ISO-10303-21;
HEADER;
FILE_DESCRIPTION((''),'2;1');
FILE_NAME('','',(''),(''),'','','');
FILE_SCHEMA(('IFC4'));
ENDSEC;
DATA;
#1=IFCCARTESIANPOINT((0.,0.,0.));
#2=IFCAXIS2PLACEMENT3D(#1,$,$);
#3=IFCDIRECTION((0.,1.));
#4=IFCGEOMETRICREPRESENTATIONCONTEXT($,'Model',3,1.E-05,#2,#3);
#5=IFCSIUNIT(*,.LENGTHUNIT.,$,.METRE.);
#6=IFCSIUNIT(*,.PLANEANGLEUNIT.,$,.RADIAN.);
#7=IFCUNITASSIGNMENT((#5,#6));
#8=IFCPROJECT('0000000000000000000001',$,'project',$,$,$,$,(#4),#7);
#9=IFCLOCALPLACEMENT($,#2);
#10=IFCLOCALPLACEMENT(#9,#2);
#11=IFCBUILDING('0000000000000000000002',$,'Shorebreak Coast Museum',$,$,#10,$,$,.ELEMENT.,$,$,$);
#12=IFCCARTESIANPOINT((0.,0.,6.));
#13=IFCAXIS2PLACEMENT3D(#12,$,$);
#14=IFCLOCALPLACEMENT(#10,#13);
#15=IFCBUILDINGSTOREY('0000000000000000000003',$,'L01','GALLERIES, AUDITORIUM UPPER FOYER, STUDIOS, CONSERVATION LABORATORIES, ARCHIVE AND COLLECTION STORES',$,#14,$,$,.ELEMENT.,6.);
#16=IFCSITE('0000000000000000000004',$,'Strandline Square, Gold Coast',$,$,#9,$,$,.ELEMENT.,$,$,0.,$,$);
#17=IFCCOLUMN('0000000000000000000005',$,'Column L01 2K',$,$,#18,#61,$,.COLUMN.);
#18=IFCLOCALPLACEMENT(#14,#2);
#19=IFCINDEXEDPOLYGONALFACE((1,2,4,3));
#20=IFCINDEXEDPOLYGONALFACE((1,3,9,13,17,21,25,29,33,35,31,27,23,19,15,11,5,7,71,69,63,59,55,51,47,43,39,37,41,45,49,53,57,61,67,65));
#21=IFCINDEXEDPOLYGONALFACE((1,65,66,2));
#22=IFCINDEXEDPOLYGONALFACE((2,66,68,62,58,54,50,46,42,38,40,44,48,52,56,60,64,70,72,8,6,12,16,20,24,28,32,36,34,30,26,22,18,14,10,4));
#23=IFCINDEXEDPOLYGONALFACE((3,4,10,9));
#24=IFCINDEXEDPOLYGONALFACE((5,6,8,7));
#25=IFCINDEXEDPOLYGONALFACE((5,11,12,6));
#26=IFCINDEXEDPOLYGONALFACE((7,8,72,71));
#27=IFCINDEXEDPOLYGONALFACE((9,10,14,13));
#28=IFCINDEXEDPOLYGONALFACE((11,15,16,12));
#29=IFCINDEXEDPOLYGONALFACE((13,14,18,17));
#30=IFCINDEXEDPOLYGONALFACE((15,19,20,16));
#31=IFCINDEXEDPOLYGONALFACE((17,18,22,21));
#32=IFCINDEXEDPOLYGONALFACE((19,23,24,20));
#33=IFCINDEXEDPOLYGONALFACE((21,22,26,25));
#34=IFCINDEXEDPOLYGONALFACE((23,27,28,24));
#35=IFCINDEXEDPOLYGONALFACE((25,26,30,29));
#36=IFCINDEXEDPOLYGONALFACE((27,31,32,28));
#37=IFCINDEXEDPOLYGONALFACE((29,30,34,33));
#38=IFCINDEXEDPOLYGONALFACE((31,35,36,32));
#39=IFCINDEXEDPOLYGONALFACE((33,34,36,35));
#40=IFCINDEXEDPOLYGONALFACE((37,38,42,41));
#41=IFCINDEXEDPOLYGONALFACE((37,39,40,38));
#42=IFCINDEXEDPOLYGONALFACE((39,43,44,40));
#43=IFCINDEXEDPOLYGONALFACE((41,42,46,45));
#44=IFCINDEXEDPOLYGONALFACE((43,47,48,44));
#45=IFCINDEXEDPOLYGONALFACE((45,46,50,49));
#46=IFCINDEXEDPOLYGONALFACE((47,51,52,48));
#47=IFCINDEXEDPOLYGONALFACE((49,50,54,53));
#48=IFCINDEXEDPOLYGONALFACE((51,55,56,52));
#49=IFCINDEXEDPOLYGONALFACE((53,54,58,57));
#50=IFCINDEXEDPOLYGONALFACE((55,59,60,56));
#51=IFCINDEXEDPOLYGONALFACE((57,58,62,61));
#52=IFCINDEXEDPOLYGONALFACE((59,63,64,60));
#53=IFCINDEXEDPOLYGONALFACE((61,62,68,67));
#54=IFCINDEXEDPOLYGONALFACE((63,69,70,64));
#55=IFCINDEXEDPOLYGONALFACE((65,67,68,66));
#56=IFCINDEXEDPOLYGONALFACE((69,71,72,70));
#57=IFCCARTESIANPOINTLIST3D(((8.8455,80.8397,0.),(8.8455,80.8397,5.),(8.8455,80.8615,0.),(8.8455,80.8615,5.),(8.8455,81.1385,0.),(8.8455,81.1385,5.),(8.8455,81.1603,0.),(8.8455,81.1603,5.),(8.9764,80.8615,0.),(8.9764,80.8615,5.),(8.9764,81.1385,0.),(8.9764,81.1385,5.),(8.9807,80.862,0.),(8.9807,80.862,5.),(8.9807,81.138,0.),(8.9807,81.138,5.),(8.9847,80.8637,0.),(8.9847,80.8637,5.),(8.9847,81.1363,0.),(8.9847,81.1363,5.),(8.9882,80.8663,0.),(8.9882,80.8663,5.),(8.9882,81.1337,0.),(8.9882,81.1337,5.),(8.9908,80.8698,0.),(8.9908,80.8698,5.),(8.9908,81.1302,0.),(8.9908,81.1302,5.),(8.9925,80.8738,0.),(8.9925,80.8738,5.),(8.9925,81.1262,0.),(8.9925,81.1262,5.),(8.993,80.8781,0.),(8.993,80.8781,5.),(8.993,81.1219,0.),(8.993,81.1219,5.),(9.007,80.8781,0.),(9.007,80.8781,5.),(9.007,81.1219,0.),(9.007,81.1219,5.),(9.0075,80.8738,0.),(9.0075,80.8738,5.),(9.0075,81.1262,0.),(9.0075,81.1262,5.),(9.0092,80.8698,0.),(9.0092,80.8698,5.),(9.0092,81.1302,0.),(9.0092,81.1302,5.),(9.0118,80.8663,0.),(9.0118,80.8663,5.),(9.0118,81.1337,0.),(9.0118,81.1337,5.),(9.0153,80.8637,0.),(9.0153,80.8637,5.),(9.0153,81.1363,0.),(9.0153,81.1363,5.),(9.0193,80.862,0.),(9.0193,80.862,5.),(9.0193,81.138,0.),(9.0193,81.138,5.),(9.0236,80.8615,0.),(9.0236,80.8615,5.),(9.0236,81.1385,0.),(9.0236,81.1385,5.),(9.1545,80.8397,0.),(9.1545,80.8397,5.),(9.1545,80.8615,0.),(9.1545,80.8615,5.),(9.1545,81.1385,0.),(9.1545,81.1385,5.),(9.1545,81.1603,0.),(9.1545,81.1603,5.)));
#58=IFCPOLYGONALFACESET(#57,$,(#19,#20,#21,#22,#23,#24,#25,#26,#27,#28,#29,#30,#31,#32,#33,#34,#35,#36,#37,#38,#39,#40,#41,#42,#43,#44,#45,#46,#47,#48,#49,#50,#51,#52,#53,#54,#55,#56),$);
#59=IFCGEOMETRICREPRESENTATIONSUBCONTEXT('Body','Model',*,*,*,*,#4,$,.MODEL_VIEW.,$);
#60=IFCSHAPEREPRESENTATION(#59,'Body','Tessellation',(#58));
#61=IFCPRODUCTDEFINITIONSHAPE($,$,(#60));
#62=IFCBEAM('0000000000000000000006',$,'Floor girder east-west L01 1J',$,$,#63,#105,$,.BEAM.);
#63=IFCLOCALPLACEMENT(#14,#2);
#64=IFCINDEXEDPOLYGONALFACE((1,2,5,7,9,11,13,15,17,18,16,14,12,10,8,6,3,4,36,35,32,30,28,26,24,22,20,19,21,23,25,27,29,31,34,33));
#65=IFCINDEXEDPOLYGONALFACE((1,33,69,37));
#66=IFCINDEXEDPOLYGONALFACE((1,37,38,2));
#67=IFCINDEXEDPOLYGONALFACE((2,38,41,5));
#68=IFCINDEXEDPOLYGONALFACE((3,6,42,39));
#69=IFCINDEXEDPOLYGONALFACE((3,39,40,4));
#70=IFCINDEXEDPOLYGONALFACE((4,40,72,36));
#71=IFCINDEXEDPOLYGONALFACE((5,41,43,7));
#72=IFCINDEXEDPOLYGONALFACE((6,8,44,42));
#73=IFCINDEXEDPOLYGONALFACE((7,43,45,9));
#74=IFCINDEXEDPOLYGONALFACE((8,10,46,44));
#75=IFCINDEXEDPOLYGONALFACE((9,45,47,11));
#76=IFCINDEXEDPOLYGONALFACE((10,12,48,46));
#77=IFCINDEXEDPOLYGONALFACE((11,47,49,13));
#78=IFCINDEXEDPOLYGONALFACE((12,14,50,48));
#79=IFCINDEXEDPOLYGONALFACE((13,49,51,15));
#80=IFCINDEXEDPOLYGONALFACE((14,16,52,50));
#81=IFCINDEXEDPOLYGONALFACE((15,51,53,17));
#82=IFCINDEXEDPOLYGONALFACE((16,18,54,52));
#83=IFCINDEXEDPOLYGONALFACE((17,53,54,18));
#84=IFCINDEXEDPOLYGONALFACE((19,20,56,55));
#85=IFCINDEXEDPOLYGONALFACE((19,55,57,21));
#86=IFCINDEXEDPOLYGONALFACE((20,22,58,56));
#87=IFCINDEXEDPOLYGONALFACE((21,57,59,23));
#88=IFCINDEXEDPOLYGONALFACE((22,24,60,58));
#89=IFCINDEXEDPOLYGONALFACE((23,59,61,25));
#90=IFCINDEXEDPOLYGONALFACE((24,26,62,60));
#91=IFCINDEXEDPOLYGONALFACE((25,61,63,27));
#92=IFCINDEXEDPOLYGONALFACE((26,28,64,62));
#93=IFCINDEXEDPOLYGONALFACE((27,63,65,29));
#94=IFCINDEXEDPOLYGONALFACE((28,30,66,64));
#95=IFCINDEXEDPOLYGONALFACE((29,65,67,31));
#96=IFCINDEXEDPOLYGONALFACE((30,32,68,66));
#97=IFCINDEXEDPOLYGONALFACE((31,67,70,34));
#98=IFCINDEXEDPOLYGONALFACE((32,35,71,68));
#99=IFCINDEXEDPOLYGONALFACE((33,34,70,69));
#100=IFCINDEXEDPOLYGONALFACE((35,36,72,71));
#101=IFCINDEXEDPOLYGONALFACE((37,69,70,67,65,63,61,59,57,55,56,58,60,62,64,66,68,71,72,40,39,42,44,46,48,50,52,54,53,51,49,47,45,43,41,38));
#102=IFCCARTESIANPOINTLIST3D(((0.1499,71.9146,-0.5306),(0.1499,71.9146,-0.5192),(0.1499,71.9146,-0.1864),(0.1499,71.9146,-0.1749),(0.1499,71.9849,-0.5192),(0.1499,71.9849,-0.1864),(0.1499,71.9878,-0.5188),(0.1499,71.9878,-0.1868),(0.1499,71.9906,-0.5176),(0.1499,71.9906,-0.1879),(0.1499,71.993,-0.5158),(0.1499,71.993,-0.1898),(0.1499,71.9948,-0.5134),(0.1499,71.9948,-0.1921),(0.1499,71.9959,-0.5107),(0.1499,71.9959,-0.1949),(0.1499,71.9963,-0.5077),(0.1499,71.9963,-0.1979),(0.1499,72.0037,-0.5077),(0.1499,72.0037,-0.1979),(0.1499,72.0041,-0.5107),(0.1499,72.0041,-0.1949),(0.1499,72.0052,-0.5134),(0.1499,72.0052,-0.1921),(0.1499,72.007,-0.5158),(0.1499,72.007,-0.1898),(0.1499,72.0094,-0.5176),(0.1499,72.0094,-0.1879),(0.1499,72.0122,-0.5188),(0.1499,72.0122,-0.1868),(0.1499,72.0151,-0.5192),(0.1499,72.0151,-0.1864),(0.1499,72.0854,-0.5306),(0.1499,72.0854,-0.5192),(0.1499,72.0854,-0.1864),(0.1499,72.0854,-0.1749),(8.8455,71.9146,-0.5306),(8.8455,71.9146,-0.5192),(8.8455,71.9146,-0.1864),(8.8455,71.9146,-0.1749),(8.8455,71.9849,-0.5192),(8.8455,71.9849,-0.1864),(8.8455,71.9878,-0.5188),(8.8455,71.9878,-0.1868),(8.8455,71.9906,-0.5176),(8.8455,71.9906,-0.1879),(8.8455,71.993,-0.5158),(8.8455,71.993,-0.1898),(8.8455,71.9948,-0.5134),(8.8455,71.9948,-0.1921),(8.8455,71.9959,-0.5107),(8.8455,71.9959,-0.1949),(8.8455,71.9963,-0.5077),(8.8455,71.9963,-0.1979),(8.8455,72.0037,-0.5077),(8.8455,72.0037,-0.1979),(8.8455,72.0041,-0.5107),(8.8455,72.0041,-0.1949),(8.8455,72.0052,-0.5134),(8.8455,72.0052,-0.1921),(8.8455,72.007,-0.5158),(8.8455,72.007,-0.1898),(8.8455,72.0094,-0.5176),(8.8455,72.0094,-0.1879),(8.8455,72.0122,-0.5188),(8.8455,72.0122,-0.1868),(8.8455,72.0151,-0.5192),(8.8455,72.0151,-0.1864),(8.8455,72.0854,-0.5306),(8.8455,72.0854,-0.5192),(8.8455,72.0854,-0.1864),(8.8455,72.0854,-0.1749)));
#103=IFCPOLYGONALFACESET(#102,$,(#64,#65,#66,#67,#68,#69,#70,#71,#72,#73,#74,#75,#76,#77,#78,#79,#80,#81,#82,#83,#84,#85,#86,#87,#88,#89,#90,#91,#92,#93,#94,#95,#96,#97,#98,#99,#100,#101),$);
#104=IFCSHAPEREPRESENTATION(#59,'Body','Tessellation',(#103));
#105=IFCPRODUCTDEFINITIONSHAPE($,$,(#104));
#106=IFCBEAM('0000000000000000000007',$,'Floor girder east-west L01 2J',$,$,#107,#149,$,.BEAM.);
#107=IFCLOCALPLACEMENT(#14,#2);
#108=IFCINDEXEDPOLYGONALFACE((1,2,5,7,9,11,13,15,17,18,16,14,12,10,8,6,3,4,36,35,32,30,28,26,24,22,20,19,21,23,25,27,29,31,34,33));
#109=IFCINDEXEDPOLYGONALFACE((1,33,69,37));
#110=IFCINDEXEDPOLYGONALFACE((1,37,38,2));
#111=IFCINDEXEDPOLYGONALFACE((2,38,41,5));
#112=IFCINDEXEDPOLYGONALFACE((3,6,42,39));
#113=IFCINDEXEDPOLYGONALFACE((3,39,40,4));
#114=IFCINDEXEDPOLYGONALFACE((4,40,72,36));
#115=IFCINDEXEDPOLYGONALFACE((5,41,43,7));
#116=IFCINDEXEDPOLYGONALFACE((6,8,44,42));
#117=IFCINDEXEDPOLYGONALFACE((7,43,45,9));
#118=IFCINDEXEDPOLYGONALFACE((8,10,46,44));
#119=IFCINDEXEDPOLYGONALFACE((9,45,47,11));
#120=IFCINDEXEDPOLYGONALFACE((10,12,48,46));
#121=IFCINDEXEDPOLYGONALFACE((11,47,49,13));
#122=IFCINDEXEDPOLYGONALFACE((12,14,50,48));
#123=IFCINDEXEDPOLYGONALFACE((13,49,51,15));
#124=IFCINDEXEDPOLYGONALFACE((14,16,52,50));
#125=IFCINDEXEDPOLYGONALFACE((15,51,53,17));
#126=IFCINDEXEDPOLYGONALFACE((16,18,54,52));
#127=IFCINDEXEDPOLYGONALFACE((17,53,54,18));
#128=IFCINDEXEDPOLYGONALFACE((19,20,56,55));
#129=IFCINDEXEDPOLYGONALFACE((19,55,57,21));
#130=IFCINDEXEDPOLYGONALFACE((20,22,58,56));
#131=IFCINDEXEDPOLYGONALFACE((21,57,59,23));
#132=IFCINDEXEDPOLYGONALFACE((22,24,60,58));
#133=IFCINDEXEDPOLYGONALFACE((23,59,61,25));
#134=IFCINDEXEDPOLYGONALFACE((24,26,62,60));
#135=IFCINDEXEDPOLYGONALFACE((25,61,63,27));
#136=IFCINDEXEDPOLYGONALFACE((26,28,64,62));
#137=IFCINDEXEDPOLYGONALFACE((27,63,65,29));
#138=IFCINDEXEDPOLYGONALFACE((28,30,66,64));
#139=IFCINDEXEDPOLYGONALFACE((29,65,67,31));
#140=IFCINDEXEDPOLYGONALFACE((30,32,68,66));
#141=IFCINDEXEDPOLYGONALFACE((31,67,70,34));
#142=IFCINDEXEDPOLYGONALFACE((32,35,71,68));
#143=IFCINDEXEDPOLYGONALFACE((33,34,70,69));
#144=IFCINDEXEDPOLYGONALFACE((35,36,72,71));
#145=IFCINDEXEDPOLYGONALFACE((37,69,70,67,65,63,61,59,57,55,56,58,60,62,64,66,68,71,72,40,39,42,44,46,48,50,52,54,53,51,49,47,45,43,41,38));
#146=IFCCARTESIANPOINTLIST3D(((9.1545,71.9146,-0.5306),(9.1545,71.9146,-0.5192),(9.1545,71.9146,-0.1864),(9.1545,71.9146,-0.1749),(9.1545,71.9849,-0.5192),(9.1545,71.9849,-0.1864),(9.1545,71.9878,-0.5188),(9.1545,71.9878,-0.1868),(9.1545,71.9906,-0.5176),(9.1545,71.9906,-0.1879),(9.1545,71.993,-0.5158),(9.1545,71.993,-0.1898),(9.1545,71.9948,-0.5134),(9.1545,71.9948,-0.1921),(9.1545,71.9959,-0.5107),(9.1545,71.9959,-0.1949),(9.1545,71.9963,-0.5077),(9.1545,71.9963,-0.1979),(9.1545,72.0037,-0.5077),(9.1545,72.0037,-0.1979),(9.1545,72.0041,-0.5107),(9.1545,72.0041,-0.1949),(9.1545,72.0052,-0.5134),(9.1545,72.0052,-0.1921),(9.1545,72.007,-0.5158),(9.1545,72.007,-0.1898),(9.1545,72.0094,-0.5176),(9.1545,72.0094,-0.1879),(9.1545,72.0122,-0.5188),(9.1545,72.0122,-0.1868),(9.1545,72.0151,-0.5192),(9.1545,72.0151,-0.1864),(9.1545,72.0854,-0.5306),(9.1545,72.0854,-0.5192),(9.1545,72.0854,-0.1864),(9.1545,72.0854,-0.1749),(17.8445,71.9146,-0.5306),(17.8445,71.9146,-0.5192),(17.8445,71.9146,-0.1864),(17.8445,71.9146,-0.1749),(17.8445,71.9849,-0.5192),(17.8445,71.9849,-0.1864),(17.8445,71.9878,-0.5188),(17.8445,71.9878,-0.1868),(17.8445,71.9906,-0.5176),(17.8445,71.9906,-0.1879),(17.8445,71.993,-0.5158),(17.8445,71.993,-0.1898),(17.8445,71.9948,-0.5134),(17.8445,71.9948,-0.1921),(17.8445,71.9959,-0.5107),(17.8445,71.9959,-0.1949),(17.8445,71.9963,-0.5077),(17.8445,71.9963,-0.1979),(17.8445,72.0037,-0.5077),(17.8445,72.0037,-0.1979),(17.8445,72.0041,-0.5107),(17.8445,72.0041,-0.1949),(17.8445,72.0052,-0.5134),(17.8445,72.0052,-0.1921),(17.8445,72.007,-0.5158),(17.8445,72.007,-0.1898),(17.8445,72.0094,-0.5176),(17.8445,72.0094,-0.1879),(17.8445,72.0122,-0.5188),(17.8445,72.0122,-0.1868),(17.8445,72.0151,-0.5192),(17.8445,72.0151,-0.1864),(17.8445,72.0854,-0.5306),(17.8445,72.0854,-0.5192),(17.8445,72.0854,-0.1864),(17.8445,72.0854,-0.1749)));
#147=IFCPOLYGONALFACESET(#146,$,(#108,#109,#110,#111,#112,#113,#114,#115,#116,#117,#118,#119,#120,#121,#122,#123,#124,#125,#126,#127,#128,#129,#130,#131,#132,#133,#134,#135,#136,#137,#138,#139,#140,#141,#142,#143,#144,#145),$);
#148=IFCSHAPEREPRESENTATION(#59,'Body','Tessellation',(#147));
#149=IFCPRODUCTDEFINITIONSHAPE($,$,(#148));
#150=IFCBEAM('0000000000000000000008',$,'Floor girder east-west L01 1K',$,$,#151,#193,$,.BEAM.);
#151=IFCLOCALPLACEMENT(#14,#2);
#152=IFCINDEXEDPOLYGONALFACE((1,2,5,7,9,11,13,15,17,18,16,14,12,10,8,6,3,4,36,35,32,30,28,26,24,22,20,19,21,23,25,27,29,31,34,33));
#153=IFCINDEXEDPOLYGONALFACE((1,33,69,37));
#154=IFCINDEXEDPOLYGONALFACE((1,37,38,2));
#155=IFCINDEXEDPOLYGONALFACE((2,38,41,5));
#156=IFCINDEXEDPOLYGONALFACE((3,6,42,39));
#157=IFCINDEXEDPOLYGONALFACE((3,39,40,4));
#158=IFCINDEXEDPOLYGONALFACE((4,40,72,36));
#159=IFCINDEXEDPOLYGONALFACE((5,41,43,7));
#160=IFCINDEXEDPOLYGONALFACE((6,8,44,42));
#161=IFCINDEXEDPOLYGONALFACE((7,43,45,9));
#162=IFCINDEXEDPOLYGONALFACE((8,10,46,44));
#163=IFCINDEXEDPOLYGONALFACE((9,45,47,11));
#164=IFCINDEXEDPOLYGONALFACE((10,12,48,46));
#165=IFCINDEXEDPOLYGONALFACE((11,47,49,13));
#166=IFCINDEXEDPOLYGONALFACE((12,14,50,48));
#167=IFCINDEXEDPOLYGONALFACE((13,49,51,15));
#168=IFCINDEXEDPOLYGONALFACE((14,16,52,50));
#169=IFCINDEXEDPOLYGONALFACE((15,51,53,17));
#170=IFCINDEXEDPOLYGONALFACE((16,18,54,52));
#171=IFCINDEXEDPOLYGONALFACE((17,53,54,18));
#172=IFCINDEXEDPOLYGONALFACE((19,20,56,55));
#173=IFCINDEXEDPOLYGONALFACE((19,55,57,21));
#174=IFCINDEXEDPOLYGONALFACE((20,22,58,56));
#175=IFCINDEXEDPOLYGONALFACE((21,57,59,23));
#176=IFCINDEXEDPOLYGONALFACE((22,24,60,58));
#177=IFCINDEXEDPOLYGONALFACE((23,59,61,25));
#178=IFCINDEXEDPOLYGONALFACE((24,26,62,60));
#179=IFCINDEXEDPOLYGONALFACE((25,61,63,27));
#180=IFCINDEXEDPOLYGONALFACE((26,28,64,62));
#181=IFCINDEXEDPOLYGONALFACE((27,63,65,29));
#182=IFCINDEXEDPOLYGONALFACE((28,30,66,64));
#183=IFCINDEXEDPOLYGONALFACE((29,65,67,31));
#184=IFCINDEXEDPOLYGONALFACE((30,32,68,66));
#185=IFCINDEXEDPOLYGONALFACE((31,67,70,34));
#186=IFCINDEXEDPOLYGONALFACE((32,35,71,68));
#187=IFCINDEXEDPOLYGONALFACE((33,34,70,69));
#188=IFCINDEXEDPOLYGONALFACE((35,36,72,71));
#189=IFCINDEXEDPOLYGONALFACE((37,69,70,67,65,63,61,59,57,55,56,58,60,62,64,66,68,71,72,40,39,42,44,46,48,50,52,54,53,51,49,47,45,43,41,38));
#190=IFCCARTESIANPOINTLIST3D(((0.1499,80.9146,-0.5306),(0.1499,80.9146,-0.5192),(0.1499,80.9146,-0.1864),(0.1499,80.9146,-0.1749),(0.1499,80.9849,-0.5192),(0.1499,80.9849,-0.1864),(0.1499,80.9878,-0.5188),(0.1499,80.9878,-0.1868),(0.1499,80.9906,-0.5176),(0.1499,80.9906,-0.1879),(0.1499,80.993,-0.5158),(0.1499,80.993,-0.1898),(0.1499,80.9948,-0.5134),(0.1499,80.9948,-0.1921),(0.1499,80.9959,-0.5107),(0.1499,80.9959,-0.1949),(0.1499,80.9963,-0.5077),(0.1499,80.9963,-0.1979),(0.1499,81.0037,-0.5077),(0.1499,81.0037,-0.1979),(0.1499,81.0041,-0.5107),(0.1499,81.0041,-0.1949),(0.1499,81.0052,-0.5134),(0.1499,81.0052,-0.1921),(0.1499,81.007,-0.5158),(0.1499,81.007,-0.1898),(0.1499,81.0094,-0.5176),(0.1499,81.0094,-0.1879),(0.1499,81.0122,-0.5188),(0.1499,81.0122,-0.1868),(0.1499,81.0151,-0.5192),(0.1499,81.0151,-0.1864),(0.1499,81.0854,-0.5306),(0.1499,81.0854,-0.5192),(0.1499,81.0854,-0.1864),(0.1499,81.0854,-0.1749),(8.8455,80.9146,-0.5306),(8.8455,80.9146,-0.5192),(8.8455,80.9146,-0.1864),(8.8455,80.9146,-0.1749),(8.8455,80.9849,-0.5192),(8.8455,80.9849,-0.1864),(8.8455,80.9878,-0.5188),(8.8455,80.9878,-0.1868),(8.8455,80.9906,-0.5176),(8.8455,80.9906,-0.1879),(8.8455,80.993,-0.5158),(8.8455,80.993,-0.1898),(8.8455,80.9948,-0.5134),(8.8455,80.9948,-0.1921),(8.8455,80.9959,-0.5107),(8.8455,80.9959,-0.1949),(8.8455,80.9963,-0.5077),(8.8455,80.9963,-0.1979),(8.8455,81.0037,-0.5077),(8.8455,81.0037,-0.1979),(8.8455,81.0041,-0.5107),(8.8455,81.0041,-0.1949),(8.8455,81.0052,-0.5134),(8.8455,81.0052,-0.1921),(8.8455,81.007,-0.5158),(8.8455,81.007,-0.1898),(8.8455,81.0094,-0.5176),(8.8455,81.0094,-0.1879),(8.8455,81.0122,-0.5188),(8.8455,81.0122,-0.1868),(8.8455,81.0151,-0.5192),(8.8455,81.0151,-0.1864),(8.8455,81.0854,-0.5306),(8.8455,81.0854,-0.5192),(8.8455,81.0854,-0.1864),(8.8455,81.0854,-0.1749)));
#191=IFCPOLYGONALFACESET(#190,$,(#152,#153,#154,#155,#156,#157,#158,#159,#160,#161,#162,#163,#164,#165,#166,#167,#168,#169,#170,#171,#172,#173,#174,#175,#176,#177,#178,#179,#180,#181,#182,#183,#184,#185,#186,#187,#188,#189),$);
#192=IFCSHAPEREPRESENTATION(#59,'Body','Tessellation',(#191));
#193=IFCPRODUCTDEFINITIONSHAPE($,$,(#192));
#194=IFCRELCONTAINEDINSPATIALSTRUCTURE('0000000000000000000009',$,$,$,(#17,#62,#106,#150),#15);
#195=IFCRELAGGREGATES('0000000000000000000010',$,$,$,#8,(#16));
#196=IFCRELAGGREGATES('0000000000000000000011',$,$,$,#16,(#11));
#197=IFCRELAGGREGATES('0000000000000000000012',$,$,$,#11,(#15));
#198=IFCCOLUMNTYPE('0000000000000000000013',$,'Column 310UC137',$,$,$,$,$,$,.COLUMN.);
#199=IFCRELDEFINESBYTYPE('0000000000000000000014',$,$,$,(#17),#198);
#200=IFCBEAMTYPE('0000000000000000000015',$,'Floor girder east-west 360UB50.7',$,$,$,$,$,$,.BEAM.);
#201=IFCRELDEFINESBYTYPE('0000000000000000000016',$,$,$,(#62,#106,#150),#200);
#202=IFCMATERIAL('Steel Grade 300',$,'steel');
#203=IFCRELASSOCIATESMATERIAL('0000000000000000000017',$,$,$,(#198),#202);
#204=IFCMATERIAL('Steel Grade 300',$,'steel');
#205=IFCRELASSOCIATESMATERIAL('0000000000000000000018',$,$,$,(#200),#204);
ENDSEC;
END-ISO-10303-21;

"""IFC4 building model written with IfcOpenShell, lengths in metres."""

from ifc_helpers import new_model, si_unit, direction, frame, origin, origin_2d, place, context, subcontext, project, spatial, i_section, extrude, material, material_profile, profile_set, type_object, element, save


model = new_model("IFC4")

# Units and contexts
model_context = context("Model", 3, precision=1e-05, world=origin(), true_north=direction((0.0, 1.0)))
body_context = subcontext(model_context, "Body", "Model", "MODEL_VIEW")
ifc_project = project(units=[si_unit("LENGTHUNIT", "METRE"), si_unit("PLANEANGLEUNIT", "RADIAN")], contexts=[model_context])

# Site, building, storey
site_placement = place(None, origin())
site = spatial("IfcSite", under=ifc_project, at=site_placement, Name="Strandline Square, Gold Coast", CompositionType="ELEMENT", RefElevation=0.0)
building_placement = place(site_placement, origin())
building = spatial("IfcBuilding", under=site, at=building_placement, Name="Shorebreak Coast Museum", CompositionType="ELEMENT")
storey_placement = place(building_placement, frame((0.0, 0.0, 6.0)))
storey = spatial("IfcBuildingStorey", under=building, at=storey_placement, Name="L01", Description="GALLERIES, AUDITORIUM UPPER FOYER, STUDIOS, CONSERVATION LABORATORIES, ARCHIVE AND COLLECTION STORES", CompositionType="ELEMENT", Elevation=6.0)

# Column
ifc_material_1 = material(Name="Steel Grade 300", Category="steel")
ifc_material_profile_1 = material_profile(ifc_material_1, i_section(OverallWidth=0.3091, OverallDepth=0.3206, WebThickness=0.0139, FlangeThickness=0.0217, FilletRadius=0.0166, at=origin_2d()), Name="310UC137")
ifc_profile_set_1 = profile_set([ifc_material_profile_1], Name="Steel Grade 300")
column_type_1 = type_object("IfcColumnType", Name="Column 310UC137", PredefinedType="COLUMN", material=ifc_profile_set_1)
for number, where, z_axis, x_axis, name in (
    (1, (9.0, 81.0, 0.0), (0.0, 0.0, 1.0), (1.0, 0.0, 0.0), "Column L01 2K"),
):
    element("IfcColumn", number, at=place(storey_placement, frame(where, z_axis=z_axis, x_axis=x_axis)), inside=storey, type_object=column_type_1, Name=name, PredefinedType="COLUMN", context=body_context, shape_type="SweptSolid", body=[
        extrude(i_section(OverallWidth=0.3091, OverallDepth=0.3206, WebThickness=0.0139, FlangeThickness=0.0217, FilletRadius=0.0166, at=origin_2d()), origin(), (0.0, 0.0, 1.0), 5.0),
    ])

# Beams
ifc_material_2 = material(Name="Steel Grade 300", Category="steel")
ifc_material_profile_2 = material_profile(ifc_material_2, i_section(OverallWidth=0.1709, OverallDepth=0.3557, WebThickness=0.0073, FlangeThickness=0.0115, FilletRadius=0.0115, at=origin_2d()), Name="360UB50.7")
ifc_profile_set_2 = profile_set([ifc_material_profile_2], Name="Steel Grade 300")
beam_type_1 = type_object("IfcBeamType", Name="Floor girder east-west 360UB50.7", PredefinedType="BEAM", material=ifc_profile_set_2)
beam_1_placement = place(storey_placement, frame((0.1499, 72.0, -0.3528), z_axis=(1.0, 0.0, 0.0), x_axis=(0.0, 1.0, 0.0)))
element("IfcBeam", 2, at=beam_1_placement, inside=storey, type_object=beam_type_1, Name="Floor girder east-west L01 1J", PredefinedType="BEAM", context=body_context, shape_type="SweptSolid", body=[
    extrude(i_section(OverallWidth=0.1709, OverallDepth=0.3557, WebThickness=0.0073, FlangeThickness=0.0115, FilletRadius=0.0115, at=origin_2d()), origin(), (0.0, 0.0, 1.0), 8.6956),
])
beam_2_placement = place(storey_placement, frame((9.1545, 72.0, -0.3528), z_axis=(1.0, 0.0, 0.0), x_axis=(0.0, 1.0, 0.0)))
element("IfcBeam", 3, at=beam_2_placement, inside=storey, type_object=beam_type_1, Name="Floor girder east-west L01 2J", PredefinedType="BEAM", context=body_context, shape_type="SweptSolid", body=[
    extrude(i_section(OverallWidth=0.1709, OverallDepth=0.3557, WebThickness=0.0073, FlangeThickness=0.0115, FilletRadius=0.0115, at=origin_2d()), origin(), (0.0, 0.0, 1.0), 8.6899),
])
beam_3_placement = place(storey_placement, frame((0.1499, 81.0, -0.3528), z_axis=(1.0, 0.0, 0.0), x_axis=(0.0, 1.0, 0.0)))
element("IfcBeam", 4, at=beam_3_placement, inside=storey, type_object=beam_type_1, Name="Floor girder east-west L01 1K", PredefinedType="BEAM", context=body_context, shape_type="SweptSolid", body=[
    extrude(i_section(OverallWidth=0.1709, OverallDepth=0.3557, WebThickness=0.0073, FlangeThickness=0.0115, FilletRadius=0.0115, at=origin_2d()), origin(), (0.0, 0.0, 1.0), 8.6956),
])

save(model, "model.ifc")
